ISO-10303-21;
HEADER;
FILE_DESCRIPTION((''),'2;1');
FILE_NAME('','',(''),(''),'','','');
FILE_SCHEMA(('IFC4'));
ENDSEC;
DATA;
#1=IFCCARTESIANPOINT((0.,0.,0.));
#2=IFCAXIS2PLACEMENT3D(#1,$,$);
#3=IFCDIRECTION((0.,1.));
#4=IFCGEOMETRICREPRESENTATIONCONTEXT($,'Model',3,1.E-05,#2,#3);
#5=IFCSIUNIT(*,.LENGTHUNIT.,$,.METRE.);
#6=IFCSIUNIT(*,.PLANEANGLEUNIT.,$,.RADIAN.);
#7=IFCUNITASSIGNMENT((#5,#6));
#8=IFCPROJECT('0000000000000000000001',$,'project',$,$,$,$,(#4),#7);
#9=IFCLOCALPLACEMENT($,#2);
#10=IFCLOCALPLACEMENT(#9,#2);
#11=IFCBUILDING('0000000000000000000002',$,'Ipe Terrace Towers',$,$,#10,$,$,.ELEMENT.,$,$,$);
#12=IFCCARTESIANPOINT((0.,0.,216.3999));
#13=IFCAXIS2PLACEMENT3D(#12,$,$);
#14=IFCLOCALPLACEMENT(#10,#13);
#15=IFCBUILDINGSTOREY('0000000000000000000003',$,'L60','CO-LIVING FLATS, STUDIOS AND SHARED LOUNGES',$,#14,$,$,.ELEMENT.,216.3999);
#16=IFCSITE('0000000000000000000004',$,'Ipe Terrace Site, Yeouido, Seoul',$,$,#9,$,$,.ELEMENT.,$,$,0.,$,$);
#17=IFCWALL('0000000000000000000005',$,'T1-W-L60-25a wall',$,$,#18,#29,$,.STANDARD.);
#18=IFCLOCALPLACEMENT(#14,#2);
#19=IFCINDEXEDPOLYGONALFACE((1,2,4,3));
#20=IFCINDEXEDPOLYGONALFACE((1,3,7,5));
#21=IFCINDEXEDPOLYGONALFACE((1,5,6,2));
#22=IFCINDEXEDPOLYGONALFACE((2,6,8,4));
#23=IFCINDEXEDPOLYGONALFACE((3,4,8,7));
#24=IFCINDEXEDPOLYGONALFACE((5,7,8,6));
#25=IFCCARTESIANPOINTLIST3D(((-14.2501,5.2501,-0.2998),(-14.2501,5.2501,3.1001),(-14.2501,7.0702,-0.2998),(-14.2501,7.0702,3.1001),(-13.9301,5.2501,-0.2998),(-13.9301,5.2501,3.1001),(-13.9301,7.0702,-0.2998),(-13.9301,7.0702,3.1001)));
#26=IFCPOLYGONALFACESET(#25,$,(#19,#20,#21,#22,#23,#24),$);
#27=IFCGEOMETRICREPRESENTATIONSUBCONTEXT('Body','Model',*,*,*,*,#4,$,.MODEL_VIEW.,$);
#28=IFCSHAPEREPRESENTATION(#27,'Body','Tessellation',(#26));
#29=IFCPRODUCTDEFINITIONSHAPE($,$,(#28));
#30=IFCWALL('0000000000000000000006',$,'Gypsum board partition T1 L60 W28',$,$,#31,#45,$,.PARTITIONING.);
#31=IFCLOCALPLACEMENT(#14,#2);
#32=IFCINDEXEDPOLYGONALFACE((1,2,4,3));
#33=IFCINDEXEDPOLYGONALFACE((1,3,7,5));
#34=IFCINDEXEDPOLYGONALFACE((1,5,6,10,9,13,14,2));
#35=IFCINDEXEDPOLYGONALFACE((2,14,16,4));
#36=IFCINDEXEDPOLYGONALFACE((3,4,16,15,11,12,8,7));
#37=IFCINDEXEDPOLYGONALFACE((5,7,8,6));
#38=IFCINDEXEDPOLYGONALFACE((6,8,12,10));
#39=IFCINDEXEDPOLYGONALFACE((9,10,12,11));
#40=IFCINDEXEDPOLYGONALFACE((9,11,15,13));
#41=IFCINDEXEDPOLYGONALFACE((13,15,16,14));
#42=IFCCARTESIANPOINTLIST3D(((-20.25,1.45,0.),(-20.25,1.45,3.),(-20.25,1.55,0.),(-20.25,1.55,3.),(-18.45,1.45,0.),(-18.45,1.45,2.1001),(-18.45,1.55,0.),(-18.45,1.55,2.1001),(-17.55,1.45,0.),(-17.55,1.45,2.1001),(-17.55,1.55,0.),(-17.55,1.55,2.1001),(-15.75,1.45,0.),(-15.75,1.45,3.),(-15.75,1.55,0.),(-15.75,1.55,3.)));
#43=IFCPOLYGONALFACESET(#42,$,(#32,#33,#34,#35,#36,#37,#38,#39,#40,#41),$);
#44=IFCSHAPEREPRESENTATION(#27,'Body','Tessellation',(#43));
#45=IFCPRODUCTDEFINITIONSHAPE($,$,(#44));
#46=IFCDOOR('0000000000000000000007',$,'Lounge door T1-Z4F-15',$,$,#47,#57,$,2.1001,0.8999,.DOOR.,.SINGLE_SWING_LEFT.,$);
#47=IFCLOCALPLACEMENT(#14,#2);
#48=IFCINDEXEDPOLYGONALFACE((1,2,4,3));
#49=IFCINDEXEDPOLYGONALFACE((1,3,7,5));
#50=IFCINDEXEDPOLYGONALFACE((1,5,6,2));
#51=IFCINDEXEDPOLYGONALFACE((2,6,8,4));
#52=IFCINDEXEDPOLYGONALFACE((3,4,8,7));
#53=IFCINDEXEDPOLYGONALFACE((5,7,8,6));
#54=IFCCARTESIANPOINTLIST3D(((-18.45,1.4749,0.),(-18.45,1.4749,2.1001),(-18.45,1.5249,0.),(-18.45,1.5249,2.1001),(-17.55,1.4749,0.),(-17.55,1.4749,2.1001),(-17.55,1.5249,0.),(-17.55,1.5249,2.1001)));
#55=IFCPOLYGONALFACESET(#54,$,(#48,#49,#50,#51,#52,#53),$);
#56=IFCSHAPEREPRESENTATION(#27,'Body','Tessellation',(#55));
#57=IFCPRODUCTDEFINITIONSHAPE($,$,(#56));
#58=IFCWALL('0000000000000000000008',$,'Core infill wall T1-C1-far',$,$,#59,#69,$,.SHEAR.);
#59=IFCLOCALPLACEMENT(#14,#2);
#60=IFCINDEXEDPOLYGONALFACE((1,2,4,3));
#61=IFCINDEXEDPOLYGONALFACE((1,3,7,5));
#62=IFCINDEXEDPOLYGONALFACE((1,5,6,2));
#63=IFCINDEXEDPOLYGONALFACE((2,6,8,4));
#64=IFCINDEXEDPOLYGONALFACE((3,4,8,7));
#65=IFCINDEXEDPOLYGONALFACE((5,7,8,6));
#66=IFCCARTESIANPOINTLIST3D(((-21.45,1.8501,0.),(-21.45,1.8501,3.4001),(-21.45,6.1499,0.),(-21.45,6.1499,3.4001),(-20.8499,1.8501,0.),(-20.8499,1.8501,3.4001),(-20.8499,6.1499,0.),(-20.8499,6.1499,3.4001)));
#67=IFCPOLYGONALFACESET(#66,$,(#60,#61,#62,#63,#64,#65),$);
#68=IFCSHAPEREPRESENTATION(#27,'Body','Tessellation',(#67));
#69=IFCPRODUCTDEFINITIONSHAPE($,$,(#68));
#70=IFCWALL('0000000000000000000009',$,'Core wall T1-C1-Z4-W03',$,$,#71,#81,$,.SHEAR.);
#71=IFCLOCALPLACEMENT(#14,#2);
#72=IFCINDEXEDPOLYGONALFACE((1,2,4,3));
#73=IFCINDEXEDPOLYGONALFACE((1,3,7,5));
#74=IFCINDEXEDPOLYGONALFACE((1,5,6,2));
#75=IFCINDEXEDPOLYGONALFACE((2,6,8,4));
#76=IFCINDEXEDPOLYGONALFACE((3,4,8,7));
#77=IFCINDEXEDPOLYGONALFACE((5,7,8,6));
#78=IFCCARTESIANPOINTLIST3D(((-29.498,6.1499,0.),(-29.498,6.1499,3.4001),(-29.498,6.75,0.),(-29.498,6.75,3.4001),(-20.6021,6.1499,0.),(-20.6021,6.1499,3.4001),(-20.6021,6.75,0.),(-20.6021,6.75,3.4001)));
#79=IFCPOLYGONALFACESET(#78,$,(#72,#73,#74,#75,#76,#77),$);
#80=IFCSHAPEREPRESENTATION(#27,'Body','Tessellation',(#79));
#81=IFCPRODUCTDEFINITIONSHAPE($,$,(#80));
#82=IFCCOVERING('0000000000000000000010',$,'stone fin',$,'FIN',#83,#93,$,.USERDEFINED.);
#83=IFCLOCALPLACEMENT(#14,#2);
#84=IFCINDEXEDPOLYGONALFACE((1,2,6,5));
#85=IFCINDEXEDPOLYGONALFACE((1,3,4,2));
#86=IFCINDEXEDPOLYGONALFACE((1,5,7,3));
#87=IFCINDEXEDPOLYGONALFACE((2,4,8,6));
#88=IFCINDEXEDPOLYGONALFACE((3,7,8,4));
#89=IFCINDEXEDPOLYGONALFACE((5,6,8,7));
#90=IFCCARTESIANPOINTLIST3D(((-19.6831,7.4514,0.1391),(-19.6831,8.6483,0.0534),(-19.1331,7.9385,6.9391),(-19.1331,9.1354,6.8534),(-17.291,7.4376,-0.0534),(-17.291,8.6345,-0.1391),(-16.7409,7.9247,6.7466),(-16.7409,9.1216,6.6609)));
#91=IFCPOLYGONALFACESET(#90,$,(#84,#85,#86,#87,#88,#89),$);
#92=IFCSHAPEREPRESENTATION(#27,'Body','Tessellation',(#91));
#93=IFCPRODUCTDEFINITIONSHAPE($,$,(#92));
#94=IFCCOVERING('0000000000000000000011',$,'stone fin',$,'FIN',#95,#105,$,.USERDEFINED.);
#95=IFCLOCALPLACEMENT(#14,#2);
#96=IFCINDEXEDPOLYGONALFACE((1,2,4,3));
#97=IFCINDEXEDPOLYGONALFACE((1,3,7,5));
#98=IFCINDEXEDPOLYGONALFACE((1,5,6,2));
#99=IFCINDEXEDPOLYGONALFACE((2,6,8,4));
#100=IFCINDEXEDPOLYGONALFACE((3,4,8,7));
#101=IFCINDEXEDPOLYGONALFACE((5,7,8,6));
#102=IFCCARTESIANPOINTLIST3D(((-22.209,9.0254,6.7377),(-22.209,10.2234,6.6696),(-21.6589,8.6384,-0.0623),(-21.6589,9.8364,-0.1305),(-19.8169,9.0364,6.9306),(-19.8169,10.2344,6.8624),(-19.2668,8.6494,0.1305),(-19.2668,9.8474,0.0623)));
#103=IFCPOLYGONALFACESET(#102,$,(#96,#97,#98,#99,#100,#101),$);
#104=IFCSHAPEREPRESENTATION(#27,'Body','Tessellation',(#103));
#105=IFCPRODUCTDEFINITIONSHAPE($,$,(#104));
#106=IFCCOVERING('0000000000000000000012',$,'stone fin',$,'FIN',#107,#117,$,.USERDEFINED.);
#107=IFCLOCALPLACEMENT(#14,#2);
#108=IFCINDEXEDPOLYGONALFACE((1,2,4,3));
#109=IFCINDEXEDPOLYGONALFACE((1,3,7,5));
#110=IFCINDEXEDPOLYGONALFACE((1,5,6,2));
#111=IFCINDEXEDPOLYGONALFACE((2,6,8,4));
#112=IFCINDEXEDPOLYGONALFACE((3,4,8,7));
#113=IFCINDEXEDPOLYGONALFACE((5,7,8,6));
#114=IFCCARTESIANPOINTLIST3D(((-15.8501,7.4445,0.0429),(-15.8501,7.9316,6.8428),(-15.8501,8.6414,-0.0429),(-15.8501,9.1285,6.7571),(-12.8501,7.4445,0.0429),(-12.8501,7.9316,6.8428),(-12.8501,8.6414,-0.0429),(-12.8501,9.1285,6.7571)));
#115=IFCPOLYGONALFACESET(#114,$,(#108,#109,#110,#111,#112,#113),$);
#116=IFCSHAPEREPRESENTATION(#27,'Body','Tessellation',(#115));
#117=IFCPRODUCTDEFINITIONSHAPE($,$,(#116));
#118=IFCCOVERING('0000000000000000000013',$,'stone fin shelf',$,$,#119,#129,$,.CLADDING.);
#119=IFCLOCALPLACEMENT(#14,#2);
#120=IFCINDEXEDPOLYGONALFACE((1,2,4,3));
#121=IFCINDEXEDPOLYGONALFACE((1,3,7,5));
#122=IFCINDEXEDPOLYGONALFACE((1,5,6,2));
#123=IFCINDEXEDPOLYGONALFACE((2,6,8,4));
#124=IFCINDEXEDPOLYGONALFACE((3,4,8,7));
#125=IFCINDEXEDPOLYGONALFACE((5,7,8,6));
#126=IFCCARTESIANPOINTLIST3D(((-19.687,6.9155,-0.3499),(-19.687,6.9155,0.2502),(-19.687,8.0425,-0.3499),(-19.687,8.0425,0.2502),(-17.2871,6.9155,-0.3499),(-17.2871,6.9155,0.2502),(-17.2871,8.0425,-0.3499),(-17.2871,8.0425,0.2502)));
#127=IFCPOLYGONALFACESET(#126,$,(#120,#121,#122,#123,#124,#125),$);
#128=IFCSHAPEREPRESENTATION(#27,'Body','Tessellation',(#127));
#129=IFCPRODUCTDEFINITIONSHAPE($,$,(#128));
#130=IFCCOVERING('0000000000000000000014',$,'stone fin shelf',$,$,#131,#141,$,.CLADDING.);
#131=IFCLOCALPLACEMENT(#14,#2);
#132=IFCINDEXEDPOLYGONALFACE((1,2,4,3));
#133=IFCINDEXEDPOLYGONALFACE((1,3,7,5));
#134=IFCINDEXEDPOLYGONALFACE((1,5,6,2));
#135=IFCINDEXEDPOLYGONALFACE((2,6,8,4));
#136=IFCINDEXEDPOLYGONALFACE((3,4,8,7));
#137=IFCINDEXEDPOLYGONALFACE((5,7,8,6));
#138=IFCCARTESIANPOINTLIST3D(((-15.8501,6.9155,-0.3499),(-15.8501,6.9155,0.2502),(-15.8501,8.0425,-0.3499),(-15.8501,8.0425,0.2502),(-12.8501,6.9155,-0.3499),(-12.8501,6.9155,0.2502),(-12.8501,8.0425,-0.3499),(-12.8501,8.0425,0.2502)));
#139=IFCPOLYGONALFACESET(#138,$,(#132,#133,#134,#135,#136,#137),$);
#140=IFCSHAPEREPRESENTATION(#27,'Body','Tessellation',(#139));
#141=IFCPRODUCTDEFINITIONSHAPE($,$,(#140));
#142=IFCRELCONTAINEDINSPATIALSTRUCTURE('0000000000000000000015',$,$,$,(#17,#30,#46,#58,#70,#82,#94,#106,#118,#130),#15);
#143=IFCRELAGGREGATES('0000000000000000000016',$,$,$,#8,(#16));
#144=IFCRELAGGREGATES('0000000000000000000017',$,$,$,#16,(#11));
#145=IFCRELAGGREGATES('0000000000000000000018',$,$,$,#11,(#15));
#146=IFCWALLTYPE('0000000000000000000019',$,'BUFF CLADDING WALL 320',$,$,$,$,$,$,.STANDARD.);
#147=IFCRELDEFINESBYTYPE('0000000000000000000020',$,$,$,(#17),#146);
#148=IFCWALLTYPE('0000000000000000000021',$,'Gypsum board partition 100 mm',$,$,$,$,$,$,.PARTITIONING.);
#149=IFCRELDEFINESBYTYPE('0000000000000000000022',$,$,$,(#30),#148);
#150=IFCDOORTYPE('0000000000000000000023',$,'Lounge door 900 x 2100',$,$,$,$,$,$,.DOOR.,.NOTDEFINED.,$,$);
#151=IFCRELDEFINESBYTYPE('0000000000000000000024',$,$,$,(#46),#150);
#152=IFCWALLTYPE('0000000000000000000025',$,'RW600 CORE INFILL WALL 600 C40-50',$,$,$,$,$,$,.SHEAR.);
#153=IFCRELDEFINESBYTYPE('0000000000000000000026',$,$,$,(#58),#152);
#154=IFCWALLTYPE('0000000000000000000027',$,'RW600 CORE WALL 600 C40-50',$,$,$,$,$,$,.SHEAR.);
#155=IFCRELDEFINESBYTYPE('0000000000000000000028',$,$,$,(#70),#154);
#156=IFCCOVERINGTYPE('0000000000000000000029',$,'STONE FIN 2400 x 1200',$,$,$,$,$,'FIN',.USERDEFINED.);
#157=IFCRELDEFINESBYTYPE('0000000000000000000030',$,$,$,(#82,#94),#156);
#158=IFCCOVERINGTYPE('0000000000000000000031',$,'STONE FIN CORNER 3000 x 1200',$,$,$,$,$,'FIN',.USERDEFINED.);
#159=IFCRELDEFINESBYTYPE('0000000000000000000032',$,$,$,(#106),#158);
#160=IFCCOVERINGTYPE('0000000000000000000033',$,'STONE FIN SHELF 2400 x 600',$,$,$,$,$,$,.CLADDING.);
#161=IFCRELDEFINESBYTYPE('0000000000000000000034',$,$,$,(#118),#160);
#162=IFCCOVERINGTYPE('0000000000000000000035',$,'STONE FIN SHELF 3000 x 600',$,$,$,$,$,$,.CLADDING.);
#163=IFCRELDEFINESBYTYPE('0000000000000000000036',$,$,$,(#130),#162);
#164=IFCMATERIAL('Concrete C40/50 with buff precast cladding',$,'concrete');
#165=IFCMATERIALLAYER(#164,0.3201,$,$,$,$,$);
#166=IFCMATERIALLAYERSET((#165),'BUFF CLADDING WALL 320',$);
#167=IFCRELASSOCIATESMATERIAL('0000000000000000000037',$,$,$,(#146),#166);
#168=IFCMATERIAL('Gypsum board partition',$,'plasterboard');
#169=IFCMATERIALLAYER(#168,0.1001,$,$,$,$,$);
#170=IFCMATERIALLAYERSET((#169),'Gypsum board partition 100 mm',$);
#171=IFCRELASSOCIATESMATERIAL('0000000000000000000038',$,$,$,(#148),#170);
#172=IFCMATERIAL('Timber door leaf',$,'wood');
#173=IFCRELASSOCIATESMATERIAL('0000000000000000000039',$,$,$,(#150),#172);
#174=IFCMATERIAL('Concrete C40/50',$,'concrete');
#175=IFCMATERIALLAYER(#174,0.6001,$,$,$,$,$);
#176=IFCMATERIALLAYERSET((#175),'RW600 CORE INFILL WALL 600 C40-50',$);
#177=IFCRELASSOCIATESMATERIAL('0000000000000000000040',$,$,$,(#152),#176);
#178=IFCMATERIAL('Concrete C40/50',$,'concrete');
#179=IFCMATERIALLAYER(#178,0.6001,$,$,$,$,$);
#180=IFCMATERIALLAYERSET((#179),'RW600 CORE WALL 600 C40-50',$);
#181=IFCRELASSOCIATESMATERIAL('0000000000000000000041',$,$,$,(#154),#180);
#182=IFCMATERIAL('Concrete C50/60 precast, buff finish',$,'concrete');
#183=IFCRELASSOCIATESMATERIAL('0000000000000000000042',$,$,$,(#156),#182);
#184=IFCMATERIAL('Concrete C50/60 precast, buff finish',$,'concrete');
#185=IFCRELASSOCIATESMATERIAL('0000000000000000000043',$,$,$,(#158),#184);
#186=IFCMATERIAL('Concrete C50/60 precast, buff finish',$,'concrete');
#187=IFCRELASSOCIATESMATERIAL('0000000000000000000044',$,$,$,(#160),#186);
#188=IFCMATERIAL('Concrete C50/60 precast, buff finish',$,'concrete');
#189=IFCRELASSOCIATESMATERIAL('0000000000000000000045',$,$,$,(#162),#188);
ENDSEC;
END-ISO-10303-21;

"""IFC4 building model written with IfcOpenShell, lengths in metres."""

from ifc_helpers import new_model, si_unit, direction, frame, frame_2d, origin, origin_2d, place, context, subcontext, project, spatial, rectangle, extrude, material, layer, layer_set, material_profile, profile_set, type_object, element, fill, save


model = new_model("IFC4")

# Units and contexts
model_context = context("Model", 3, precision=1e-05, world=origin(), true_north=direction((0.0, 1.0)))
body_context = subcontext(model_context, "Body", "Model", "MODEL_VIEW")
ifc_project = project(units=[si_unit("LENGTHUNIT", "METRE"), si_unit("PLANEANGLEUNIT", "RADIAN")], contexts=[model_context])

# Site, building, storey
site_placement = place(None, origin())
site = spatial("IfcSite", under=ifc_project, at=site_placement, Name="Ipe Terrace Site, Yeouido, Seoul", CompositionType="ELEMENT", RefElevation=0.0)
building_placement = place(site_placement, origin())
building = spatial("IfcBuilding", under=site, at=building_placement, Name="Ipe Terrace Towers", CompositionType="ELEMENT")
storey_placement = place(building_placement, frame((0.0, 0.0, 216.3999)))
storey = spatial("IfcBuildingStorey", under=building, at=storey_placement, Name="L60", Description="CO-LIVING FLATS, STUDIOS AND SHARED LOUNGES", CompositionType="ELEMENT", Elevation=216.3999)

# Wall
ifc_material_1 = material(Name="Concrete C40/50 with buff precast cladding", Category="concrete")
ifc_layer_1 = layer(ifc_material_1, 0.3201)
ifc_layer_set_1 = layer_set([ifc_layer_1], Name="BUFF CLADDING WALL 320")
wall_type_1 = type_object("IfcWallType", Name="BUFF CLADDING WALL 320", PredefinedType="STANDARD", material=ifc_layer_set_1)
wall_1_placement = place(storey_placement, frame((-14.0901, 5.25, -0.2998), z_axis=(0.0, 0.0, 1.0), x_axis=(0.0, 1.0, 0.0)))
element("IfcWall", 1, at=wall_1_placement, inside=storey, type_object=wall_type_1, Name="T1-W-L60-25a wall", PredefinedType="STANDARD", context=body_context, shape_type="SweptSolid", body=[
    extrude(rectangle(XDim=1.8201, YDim=0.3201, at=frame_2d((0.9102, 0.0))), origin(), (0.0, 0.0, 1.0), 3.3999),
])

# Wall, opening, door
ifc_material_2 = material(Name="Gypsum board partition", Category="plasterboard")
ifc_layer_2 = layer(ifc_material_2, 0.1001)
ifc_layer_set_2 = layer_set([ifc_layer_2], Name="Gypsum board partition 100 mm")
wall_type_2 = type_object("IfcWallType", Name="Gypsum board partition 100 mm", PredefinedType="PARTITIONING", material=ifc_layer_set_2)
wall_2_placement = place(storey_placement, frame((-20.25, 1.5, 0.0), z_axis=(0.0, 0.0, 1.0), x_axis=(1.0, 0.0, 0.0)))
wall_2 = element("IfcWall", 2, at=wall_2_placement, inside=storey, type_object=wall_type_2, Name="Gypsum board partition T1 L60 W28", PredefinedType="PARTITIONING", context=body_context, shape_type="SweptSolid", body=[
    extrude(rectangle(XDim=4.5, YDim=0.1001, at=frame_2d((2.25, 0.0))), origin(), (0.0, 0.0, 1.0), 3.0),
])
opening_placement = place(wall_2_placement, frame((1.8, 0.0, 0.0)))
opening = element("IfcOpeningElement", 3, at=opening_placement, cuts=wall_2, PredefinedType="OPENING", context=body_context, shape_type="SweptSolid", body=[
    extrude(rectangle(XDim=0.8999, YDim=2.1001, at=frame_2d((0.45, 1.05))), frame((0.0, 0.0601, 0.0), z_axis=(0.0, -1.0, 0.0), x_axis=(1.0, 0.0, 0.0)), (0.0, 0.0, 1.0), 0.1201),
])
ifc_material_3 = material(Name="Timber door leaf", Category="wood")
door_type = type_object("IfcDoorType", Name="Lounge door 900 x 2100", OperationType="NOTDEFINED", PredefinedType="DOOR", material=ifc_material_3)
door_placement = place(opening_placement, origin())
door = element("IfcDoor", 4, at=door_placement, inside=storey, type_object=door_type, Name="Lounge door T1-Z4F-15", OperationType="SINGLE_SWING_LEFT", OverallHeight=2.1001, OverallWidth=0.8999, PredefinedType="DOOR", context=body_context, shape_type="SweptSolid", body=[
    extrude(rectangle(XDim=0.8999, YDim=2.1001, at=frame_2d((0.45, 1.05))), frame((0.0, 0.0249, 0.0), z_axis=(0.0, -1.0, 0.0), x_axis=(1.0, 0.0, 0.0)), (0.0, 0.0, 1.0), 0.05),
])
fill(opening, door)

# Walls
ifc_material_4 = material(Name="Concrete C40/50", Category="concrete")
ifc_layer_3 = layer(ifc_material_4, 0.6001)
ifc_layer_set_3 = layer_set([ifc_layer_3], Name="RW600 CORE INFILL WALL 600 C40-50")
wall_type_3 = type_object("IfcWallType", Name="RW600 CORE INFILL WALL 600 C40-50", PredefinedType="SHEAR", material=ifc_layer_set_3)
wall_3_placement = place(storey_placement, frame((-21.1499, 1.8501, 0.0), z_axis=(0.0, 0.0, 1.0), x_axis=(0.0, 1.0, 0.0)))
element("IfcWall", 5, at=wall_3_placement, inside=storey, type_object=wall_type_3, Name="Core infill wall T1-C1-far", PredefinedType="SHEAR", context=body_context, shape_type="SweptSolid", body=[
    extrude(rectangle(XDim=4.2998, YDim=0.6001, at=frame_2d((2.1499, 0.0))), origin(), (0.0, 0.0, 1.0), 3.4001),
])
ifc_material_5 = material(Name="Concrete C40/50", Category="concrete")
ifc_layer_4 = layer(ifc_material_5, 0.6001)
ifc_layer_set_4 = layer_set([ifc_layer_4], Name="RW600 CORE WALL 600 C40-50")
wall_type_4 = type_object("IfcWallType", Name="RW600 CORE WALL 600 C40-50", PredefinedType="SHEAR", material=ifc_layer_set_4)
wall_4_placement = place(storey_placement, frame((-20.6021, 6.45, 0.0), z_axis=(0.0, 0.0, 1.0), x_axis=(-1.0, 0.0, 0.0)))
element("IfcWall", 6, at=wall_4_placement, inside=storey, type_object=wall_type_4, Name="Core wall T1-C1-Z4-W03", PredefinedType="SHEAR", context=body_context, shape_type="SweptSolid", body=[
    extrude(rectangle(XDim=8.896, YDim=0.6001, at=frame_2d((4.448, 0.0))), origin(), (0.0, 0.0, 1.0), 3.4001),
])

# Coverings
ifc_material_6 = material(Name="Concrete C50/60 precast, buff finish", Category="concrete")
ifc_material_profile_1 = material_profile(ifc_material_6, rectangle(XDim=2.3999, YDim=1.2, at=origin_2d()), Name="STONE FIN 2400 x 1200")
ifc_profile_set_1 = profile_set([ifc_material_profile_1], Name="Concrete C50/60 precast, buff finish")
covering_type_1 = type_object("IfcCoveringType", Name="STONE FIN 2400 x 1200", ElementType="FIN", PredefinedType="USERDEFINED", material=ifc_profile_set_1)
covering_1_placement = place(storey_placement, frame((-18.4871, 8.043, 0.0), z_axis=(0.080421, 0.071212, 0.994214), x_axis=(-0.996761, 0.005746, 0.080215)))
element("IfcCovering", 7, at=covering_1_placement, inside=storey, type_object=covering_type_1, Name="stone fin", ObjectType="FIN", PredefinedType="USERDEFINED", context=body_context, shape_type="SweptSolid", body=[
    extrude(rectangle(XDim=2.3999, YDim=1.2, at=origin_2d()), origin(), (0.0, 0.0, 1.0), 6.8396),
])
covering_2_placement = place(storey_placement, frame((-20.4629, 9.2429, 0.0), z_axis=(-0.080496, 0.05663, 0.995145), x_axis=(-0.996755, -0.004573, -0.080366)))
element("IfcCovering", 8, at=covering_2_placement, inside=storey, type_object=covering_type_1, Name="stone fin", ObjectType="FIN", PredefinedType="USERDEFINED", context=body_context, shape_type="SweptSolid", body=[
    extrude(rectangle(XDim=2.3999, YDim=1.2, at=origin_2d()), origin(), (0.0, 0.0, 1.0), 6.8333),
])
ifc_material_7 = material(Name="Concrete C50/60 precast, buff finish", Category="concrete")
ifc_material_profile_2 = material_profile(ifc_material_7, rectangle(XDim=3.0, YDim=1.2, at=origin_2d()), Name="STONE FIN CORNER 3000 x 1200")
ifc_profile_set_2 = profile_set([ifc_material_profile_2], Name="Concrete C50/60 precast, buff finish")
covering_type_2 = type_object("IfcCoveringType", Name="STONE FIN CORNER 3000 x 1200", ElementType="FIN", PredefinedType="USERDEFINED", material=ifc_profile_set_2)
covering_3_placement = place(storey_placement, frame((-14.3501, 8.043, 0.0), z_axis=(0.0, 0.071443, 0.997445), x_axis=(-1.0, 0.0, 0.0)))
element("IfcCovering", 9, at=covering_3_placement, inside=storey, type_object=covering_type_2, Name="stone fin", ObjectType="FIN", PredefinedType="USERDEFINED", context=body_context, shape_type="SweptSolid", body=[
    extrude(rectangle(XDim=3.0, YDim=1.2, at=origin_2d()), origin(), (0.0, 0.0, 1.0), 6.8174),
])
ifc_material_8 = material(Name="Concrete C50/60 precast, buff finish", Category="concrete")
covering_type_3 = type_object("IfcCoveringType", Name="STONE FIN SHELF 2400 x 600", PredefinedType="CLADDING", material=ifc_material_8)
covering_4_placement = place(storey_placement, frame((-18.4871, 7.479, -0.3499), z_axis=(0.0, 0.0, 1.0), x_axis=(-1.0, 0.0, 0.0)))
element("IfcCovering", 10, at=covering_4_placement, inside=storey, type_object=covering_type_3, Name="stone fin shelf", PredefinedType="CLADDING", context=body_context, shape_type="SweptSolid", body=[
    extrude(rectangle(XDim=2.3999, YDim=1.127, at=origin_2d()), origin(), (0.0, 0.0, 1.0), 0.6001),
])
ifc_material_9 = material(Name="Concrete C50/60 precast, buff finish", Category="concrete")
covering_type_4 = type_object("IfcCoveringType", Name="STONE FIN SHELF 3000 x 600", PredefinedType="CLADDING", material=ifc_material_9)
covering_5_placement = place(storey_placement, frame((-14.3501, 7.479, -0.3499), z_axis=(0.0, 0.0, 1.0), x_axis=(-1.0, 0.0, 0.0)))
element("IfcCovering", 11, at=covering_5_placement, inside=storey, type_object=covering_type_4, Name="stone fin shelf", PredefinedType="CLADDING", context=body_context, shape_type="SweptSolid", body=[
    extrude(rectangle(XDim=3.0, YDim=1.127, at=origin_2d()), origin(), (0.0, 0.0, 1.0), 0.6001),
])

save(model, "model.ifc")
